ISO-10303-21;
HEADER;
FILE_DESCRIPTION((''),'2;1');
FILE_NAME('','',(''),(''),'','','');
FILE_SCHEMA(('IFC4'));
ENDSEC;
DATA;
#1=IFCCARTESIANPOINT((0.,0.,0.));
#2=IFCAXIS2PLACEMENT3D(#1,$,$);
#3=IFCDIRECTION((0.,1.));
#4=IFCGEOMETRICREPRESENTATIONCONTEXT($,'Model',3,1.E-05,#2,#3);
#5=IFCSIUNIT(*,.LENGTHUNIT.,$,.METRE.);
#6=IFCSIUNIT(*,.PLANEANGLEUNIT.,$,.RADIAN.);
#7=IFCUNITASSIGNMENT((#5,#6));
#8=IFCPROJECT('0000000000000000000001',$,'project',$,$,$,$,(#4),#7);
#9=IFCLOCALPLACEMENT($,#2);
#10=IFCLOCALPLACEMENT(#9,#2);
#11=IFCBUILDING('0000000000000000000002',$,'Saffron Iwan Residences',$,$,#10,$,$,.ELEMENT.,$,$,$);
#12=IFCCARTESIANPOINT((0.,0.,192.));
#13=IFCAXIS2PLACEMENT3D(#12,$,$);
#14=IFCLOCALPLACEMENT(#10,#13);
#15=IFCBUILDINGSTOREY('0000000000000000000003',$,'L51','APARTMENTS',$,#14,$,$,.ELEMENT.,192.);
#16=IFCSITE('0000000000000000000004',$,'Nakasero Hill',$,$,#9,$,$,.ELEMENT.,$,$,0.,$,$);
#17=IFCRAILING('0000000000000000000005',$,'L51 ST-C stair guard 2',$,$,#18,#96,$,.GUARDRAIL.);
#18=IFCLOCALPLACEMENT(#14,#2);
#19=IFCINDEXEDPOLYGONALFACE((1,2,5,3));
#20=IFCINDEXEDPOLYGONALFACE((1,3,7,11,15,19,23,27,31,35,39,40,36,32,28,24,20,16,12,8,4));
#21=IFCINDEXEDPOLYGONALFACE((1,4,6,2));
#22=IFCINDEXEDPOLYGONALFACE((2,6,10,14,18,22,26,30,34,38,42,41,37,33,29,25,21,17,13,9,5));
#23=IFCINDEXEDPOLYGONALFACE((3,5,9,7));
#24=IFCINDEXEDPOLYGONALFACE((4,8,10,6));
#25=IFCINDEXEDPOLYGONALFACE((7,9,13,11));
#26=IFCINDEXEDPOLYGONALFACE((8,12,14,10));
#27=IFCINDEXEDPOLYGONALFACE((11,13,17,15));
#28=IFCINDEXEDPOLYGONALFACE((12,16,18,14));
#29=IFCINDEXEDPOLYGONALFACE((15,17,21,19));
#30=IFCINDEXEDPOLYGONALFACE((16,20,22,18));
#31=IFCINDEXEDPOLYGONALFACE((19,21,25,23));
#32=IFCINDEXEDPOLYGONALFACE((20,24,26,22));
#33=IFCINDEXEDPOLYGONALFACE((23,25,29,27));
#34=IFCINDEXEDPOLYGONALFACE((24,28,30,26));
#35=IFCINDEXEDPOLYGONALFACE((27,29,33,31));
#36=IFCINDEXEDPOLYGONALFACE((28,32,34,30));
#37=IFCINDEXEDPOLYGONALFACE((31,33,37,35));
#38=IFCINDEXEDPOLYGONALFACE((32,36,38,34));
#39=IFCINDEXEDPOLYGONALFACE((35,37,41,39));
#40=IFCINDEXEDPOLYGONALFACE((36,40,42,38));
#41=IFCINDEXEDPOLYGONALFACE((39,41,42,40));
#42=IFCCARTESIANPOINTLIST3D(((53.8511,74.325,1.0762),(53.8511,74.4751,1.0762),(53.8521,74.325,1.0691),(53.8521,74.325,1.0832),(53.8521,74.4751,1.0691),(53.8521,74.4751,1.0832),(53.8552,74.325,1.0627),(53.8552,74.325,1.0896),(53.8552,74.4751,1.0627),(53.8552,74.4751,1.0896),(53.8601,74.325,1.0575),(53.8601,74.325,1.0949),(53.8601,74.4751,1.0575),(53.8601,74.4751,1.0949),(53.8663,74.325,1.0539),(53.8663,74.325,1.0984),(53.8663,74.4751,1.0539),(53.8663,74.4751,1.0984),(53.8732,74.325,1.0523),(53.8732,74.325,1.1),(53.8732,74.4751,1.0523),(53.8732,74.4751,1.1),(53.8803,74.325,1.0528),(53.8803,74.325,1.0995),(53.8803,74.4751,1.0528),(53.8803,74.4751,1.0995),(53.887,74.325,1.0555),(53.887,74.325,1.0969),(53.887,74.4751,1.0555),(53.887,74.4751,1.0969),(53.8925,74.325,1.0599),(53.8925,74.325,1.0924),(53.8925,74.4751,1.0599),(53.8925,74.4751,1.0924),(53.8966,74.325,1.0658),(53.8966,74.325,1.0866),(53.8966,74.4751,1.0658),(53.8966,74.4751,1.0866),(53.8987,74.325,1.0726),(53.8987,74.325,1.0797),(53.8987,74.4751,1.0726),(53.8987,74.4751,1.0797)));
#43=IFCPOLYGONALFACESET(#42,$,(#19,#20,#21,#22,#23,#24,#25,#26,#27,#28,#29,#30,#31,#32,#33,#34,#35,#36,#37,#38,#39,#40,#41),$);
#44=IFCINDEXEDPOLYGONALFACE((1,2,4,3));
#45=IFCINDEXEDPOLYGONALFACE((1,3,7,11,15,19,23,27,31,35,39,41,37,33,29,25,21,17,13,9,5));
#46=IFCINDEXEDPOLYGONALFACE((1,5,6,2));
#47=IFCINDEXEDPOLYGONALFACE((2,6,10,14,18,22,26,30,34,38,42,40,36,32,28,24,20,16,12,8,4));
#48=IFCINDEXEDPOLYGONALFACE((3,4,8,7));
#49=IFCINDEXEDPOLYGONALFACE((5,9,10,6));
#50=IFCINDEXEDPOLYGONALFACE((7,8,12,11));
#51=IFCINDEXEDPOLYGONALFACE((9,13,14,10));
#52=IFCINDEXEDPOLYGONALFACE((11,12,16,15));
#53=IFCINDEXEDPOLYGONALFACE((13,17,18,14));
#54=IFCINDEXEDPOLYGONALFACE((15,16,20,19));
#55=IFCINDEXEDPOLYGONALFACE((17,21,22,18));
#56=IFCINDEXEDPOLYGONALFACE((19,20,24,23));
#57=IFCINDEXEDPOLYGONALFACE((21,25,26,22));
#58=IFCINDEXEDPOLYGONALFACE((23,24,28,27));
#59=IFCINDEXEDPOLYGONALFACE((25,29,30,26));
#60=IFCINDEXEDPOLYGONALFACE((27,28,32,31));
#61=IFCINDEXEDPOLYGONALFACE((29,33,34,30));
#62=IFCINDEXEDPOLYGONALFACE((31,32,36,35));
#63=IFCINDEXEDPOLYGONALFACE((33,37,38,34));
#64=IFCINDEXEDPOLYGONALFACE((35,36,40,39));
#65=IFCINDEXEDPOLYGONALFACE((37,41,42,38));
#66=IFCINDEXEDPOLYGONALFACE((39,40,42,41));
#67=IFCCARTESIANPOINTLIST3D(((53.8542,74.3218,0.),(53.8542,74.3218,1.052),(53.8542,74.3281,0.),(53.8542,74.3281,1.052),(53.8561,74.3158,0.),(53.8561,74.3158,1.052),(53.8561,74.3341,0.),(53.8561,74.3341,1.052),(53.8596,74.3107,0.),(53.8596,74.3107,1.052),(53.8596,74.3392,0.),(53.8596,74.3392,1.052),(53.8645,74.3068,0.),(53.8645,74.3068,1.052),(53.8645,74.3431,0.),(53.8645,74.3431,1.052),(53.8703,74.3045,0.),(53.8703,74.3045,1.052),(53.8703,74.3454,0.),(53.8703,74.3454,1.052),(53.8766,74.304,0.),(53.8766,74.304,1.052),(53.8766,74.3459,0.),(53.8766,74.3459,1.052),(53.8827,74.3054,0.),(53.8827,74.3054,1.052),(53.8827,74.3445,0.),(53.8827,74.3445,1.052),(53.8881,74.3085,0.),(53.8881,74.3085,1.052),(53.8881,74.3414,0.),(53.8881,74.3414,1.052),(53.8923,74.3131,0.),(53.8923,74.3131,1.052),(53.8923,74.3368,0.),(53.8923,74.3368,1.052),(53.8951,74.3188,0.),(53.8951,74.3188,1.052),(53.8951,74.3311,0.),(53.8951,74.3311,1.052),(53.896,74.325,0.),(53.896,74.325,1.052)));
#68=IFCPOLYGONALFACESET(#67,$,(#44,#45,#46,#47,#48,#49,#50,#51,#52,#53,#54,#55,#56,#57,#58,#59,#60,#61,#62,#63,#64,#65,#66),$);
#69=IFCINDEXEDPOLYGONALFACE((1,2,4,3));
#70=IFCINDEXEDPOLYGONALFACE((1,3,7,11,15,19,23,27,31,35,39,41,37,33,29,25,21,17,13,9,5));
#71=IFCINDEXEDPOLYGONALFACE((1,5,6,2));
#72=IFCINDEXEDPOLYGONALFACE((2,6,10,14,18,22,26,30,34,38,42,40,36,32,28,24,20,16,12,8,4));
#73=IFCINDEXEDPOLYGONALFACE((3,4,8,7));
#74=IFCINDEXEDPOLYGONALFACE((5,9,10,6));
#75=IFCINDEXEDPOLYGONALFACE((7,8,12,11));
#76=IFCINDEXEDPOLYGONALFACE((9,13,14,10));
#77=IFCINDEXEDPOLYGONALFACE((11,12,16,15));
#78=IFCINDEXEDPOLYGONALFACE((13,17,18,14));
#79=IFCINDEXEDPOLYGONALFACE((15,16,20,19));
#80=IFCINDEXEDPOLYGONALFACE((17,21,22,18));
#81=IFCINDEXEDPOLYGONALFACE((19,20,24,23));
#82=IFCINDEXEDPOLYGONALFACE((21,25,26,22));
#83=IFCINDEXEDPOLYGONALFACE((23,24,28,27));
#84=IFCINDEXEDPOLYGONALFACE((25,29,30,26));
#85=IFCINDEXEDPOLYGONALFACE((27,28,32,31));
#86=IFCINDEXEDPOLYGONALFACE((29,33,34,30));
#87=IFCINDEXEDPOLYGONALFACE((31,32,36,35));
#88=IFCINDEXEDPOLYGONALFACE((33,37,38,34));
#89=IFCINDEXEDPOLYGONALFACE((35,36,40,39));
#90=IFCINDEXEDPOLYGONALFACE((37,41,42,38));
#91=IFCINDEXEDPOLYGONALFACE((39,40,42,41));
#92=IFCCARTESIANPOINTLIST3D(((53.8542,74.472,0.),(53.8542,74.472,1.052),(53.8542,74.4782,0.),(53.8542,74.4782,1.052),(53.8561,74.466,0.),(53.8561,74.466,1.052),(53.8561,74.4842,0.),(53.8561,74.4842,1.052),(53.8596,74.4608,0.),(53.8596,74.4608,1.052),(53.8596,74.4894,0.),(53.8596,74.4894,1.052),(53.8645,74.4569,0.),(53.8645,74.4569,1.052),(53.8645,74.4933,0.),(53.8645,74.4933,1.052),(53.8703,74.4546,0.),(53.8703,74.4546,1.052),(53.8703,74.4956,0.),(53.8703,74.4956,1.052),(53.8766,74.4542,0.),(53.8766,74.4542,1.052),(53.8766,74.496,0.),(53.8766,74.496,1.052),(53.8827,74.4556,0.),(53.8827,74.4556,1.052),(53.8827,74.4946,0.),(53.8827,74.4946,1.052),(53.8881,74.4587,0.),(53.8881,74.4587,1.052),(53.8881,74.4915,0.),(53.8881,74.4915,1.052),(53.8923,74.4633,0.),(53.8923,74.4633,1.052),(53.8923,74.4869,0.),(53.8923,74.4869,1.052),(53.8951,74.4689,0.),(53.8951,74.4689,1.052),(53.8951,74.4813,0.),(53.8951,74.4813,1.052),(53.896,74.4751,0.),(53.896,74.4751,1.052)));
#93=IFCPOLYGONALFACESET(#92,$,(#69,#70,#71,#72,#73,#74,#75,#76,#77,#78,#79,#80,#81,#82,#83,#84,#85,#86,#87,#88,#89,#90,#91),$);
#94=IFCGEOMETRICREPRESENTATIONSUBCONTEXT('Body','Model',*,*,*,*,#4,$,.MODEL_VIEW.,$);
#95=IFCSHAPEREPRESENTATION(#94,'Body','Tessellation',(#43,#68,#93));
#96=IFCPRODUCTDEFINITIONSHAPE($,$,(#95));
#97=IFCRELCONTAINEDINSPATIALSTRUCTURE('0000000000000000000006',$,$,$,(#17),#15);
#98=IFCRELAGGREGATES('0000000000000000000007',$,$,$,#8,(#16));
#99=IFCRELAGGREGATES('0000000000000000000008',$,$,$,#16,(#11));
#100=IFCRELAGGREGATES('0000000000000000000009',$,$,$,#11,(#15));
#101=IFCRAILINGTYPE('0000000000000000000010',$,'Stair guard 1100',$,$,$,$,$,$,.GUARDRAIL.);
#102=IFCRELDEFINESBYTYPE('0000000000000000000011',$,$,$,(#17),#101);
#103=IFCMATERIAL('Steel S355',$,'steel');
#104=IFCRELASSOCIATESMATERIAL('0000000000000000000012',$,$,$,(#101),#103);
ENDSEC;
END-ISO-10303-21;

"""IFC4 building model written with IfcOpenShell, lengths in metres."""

from ifc_helpers import new_model, si_unit, direction, frame, origin, origin_2d, place, context, subcontext, project, spatial, circle, extrude, material, type_object, element, save


model = new_model("IFC4")

# Units and contexts
model_context = context("Model", 3, precision=1e-05, world=origin(), true_north=direction((0.0, 1.0)))
body_context = subcontext(model_context, "Body", "Model", "MODEL_VIEW")
ifc_project = project(units=[si_unit("LENGTHUNIT", "METRE"), si_unit("PLANEANGLEUNIT", "RADIAN")], contexts=[model_context])

# Site, building, storey
site_placement = place(None, origin())
site = spatial("IfcSite", under=ifc_project, at=site_placement, Name="Nakasero Hill", CompositionType="ELEMENT", RefElevation=0.0)
building_placement = place(site_placement, origin())
building = spatial("IfcBuilding", under=site, at=building_placement, Name="Saffron Iwan Residences", CompositionType="ELEMENT")
storey_placement = place(building_placement, frame((0.0, 0.0, 192.0)))
storey = spatial("IfcBuildingStorey", under=building, at=storey_placement, Name="L51", Description="APARTMENTS", CompositionType="ELEMENT", Elevation=192.0)

# Railing
ifc_material_1 = material(Name="Steel S355", Category="steel")
railing_type_1 = type_object("IfcRailingType", Name="Stair guard 1100", PredefinedType="GUARDRAIL", material=ifc_material_1)
railing_1_placement = place(storey_placement, frame((53.875, 74.325, 0.0)))
element("IfcRailing", 1, at=railing_1_placement, inside=storey, type_object=railing_type_1, Name="L51 ST-C stair guard 2", PredefinedType="GUARDRAIL", context=body_context, shape_type="SweptSolid", body=[
    extrude(circle(Radius=0.0239, at=origin_2d()), frame((0.0, 0.0, 1.0762), z_axis=(0.0, 1.0, 0.0), x_axis=(-1.0, 0.0, 0.0)), (0.0, 0.0, 1.0), 0.1501),
    extrude(circle(Radius=0.021, at=origin_2d()), origin(), (0.0, 0.0, 1.0), 1.052),
    extrude(circle(Radius=0.021, at=origin_2d()), frame((0.0, 0.1501, 0.0)), (0.0, 0.0, 1.0), 1.052),
])

save(model, "model.ifc")
